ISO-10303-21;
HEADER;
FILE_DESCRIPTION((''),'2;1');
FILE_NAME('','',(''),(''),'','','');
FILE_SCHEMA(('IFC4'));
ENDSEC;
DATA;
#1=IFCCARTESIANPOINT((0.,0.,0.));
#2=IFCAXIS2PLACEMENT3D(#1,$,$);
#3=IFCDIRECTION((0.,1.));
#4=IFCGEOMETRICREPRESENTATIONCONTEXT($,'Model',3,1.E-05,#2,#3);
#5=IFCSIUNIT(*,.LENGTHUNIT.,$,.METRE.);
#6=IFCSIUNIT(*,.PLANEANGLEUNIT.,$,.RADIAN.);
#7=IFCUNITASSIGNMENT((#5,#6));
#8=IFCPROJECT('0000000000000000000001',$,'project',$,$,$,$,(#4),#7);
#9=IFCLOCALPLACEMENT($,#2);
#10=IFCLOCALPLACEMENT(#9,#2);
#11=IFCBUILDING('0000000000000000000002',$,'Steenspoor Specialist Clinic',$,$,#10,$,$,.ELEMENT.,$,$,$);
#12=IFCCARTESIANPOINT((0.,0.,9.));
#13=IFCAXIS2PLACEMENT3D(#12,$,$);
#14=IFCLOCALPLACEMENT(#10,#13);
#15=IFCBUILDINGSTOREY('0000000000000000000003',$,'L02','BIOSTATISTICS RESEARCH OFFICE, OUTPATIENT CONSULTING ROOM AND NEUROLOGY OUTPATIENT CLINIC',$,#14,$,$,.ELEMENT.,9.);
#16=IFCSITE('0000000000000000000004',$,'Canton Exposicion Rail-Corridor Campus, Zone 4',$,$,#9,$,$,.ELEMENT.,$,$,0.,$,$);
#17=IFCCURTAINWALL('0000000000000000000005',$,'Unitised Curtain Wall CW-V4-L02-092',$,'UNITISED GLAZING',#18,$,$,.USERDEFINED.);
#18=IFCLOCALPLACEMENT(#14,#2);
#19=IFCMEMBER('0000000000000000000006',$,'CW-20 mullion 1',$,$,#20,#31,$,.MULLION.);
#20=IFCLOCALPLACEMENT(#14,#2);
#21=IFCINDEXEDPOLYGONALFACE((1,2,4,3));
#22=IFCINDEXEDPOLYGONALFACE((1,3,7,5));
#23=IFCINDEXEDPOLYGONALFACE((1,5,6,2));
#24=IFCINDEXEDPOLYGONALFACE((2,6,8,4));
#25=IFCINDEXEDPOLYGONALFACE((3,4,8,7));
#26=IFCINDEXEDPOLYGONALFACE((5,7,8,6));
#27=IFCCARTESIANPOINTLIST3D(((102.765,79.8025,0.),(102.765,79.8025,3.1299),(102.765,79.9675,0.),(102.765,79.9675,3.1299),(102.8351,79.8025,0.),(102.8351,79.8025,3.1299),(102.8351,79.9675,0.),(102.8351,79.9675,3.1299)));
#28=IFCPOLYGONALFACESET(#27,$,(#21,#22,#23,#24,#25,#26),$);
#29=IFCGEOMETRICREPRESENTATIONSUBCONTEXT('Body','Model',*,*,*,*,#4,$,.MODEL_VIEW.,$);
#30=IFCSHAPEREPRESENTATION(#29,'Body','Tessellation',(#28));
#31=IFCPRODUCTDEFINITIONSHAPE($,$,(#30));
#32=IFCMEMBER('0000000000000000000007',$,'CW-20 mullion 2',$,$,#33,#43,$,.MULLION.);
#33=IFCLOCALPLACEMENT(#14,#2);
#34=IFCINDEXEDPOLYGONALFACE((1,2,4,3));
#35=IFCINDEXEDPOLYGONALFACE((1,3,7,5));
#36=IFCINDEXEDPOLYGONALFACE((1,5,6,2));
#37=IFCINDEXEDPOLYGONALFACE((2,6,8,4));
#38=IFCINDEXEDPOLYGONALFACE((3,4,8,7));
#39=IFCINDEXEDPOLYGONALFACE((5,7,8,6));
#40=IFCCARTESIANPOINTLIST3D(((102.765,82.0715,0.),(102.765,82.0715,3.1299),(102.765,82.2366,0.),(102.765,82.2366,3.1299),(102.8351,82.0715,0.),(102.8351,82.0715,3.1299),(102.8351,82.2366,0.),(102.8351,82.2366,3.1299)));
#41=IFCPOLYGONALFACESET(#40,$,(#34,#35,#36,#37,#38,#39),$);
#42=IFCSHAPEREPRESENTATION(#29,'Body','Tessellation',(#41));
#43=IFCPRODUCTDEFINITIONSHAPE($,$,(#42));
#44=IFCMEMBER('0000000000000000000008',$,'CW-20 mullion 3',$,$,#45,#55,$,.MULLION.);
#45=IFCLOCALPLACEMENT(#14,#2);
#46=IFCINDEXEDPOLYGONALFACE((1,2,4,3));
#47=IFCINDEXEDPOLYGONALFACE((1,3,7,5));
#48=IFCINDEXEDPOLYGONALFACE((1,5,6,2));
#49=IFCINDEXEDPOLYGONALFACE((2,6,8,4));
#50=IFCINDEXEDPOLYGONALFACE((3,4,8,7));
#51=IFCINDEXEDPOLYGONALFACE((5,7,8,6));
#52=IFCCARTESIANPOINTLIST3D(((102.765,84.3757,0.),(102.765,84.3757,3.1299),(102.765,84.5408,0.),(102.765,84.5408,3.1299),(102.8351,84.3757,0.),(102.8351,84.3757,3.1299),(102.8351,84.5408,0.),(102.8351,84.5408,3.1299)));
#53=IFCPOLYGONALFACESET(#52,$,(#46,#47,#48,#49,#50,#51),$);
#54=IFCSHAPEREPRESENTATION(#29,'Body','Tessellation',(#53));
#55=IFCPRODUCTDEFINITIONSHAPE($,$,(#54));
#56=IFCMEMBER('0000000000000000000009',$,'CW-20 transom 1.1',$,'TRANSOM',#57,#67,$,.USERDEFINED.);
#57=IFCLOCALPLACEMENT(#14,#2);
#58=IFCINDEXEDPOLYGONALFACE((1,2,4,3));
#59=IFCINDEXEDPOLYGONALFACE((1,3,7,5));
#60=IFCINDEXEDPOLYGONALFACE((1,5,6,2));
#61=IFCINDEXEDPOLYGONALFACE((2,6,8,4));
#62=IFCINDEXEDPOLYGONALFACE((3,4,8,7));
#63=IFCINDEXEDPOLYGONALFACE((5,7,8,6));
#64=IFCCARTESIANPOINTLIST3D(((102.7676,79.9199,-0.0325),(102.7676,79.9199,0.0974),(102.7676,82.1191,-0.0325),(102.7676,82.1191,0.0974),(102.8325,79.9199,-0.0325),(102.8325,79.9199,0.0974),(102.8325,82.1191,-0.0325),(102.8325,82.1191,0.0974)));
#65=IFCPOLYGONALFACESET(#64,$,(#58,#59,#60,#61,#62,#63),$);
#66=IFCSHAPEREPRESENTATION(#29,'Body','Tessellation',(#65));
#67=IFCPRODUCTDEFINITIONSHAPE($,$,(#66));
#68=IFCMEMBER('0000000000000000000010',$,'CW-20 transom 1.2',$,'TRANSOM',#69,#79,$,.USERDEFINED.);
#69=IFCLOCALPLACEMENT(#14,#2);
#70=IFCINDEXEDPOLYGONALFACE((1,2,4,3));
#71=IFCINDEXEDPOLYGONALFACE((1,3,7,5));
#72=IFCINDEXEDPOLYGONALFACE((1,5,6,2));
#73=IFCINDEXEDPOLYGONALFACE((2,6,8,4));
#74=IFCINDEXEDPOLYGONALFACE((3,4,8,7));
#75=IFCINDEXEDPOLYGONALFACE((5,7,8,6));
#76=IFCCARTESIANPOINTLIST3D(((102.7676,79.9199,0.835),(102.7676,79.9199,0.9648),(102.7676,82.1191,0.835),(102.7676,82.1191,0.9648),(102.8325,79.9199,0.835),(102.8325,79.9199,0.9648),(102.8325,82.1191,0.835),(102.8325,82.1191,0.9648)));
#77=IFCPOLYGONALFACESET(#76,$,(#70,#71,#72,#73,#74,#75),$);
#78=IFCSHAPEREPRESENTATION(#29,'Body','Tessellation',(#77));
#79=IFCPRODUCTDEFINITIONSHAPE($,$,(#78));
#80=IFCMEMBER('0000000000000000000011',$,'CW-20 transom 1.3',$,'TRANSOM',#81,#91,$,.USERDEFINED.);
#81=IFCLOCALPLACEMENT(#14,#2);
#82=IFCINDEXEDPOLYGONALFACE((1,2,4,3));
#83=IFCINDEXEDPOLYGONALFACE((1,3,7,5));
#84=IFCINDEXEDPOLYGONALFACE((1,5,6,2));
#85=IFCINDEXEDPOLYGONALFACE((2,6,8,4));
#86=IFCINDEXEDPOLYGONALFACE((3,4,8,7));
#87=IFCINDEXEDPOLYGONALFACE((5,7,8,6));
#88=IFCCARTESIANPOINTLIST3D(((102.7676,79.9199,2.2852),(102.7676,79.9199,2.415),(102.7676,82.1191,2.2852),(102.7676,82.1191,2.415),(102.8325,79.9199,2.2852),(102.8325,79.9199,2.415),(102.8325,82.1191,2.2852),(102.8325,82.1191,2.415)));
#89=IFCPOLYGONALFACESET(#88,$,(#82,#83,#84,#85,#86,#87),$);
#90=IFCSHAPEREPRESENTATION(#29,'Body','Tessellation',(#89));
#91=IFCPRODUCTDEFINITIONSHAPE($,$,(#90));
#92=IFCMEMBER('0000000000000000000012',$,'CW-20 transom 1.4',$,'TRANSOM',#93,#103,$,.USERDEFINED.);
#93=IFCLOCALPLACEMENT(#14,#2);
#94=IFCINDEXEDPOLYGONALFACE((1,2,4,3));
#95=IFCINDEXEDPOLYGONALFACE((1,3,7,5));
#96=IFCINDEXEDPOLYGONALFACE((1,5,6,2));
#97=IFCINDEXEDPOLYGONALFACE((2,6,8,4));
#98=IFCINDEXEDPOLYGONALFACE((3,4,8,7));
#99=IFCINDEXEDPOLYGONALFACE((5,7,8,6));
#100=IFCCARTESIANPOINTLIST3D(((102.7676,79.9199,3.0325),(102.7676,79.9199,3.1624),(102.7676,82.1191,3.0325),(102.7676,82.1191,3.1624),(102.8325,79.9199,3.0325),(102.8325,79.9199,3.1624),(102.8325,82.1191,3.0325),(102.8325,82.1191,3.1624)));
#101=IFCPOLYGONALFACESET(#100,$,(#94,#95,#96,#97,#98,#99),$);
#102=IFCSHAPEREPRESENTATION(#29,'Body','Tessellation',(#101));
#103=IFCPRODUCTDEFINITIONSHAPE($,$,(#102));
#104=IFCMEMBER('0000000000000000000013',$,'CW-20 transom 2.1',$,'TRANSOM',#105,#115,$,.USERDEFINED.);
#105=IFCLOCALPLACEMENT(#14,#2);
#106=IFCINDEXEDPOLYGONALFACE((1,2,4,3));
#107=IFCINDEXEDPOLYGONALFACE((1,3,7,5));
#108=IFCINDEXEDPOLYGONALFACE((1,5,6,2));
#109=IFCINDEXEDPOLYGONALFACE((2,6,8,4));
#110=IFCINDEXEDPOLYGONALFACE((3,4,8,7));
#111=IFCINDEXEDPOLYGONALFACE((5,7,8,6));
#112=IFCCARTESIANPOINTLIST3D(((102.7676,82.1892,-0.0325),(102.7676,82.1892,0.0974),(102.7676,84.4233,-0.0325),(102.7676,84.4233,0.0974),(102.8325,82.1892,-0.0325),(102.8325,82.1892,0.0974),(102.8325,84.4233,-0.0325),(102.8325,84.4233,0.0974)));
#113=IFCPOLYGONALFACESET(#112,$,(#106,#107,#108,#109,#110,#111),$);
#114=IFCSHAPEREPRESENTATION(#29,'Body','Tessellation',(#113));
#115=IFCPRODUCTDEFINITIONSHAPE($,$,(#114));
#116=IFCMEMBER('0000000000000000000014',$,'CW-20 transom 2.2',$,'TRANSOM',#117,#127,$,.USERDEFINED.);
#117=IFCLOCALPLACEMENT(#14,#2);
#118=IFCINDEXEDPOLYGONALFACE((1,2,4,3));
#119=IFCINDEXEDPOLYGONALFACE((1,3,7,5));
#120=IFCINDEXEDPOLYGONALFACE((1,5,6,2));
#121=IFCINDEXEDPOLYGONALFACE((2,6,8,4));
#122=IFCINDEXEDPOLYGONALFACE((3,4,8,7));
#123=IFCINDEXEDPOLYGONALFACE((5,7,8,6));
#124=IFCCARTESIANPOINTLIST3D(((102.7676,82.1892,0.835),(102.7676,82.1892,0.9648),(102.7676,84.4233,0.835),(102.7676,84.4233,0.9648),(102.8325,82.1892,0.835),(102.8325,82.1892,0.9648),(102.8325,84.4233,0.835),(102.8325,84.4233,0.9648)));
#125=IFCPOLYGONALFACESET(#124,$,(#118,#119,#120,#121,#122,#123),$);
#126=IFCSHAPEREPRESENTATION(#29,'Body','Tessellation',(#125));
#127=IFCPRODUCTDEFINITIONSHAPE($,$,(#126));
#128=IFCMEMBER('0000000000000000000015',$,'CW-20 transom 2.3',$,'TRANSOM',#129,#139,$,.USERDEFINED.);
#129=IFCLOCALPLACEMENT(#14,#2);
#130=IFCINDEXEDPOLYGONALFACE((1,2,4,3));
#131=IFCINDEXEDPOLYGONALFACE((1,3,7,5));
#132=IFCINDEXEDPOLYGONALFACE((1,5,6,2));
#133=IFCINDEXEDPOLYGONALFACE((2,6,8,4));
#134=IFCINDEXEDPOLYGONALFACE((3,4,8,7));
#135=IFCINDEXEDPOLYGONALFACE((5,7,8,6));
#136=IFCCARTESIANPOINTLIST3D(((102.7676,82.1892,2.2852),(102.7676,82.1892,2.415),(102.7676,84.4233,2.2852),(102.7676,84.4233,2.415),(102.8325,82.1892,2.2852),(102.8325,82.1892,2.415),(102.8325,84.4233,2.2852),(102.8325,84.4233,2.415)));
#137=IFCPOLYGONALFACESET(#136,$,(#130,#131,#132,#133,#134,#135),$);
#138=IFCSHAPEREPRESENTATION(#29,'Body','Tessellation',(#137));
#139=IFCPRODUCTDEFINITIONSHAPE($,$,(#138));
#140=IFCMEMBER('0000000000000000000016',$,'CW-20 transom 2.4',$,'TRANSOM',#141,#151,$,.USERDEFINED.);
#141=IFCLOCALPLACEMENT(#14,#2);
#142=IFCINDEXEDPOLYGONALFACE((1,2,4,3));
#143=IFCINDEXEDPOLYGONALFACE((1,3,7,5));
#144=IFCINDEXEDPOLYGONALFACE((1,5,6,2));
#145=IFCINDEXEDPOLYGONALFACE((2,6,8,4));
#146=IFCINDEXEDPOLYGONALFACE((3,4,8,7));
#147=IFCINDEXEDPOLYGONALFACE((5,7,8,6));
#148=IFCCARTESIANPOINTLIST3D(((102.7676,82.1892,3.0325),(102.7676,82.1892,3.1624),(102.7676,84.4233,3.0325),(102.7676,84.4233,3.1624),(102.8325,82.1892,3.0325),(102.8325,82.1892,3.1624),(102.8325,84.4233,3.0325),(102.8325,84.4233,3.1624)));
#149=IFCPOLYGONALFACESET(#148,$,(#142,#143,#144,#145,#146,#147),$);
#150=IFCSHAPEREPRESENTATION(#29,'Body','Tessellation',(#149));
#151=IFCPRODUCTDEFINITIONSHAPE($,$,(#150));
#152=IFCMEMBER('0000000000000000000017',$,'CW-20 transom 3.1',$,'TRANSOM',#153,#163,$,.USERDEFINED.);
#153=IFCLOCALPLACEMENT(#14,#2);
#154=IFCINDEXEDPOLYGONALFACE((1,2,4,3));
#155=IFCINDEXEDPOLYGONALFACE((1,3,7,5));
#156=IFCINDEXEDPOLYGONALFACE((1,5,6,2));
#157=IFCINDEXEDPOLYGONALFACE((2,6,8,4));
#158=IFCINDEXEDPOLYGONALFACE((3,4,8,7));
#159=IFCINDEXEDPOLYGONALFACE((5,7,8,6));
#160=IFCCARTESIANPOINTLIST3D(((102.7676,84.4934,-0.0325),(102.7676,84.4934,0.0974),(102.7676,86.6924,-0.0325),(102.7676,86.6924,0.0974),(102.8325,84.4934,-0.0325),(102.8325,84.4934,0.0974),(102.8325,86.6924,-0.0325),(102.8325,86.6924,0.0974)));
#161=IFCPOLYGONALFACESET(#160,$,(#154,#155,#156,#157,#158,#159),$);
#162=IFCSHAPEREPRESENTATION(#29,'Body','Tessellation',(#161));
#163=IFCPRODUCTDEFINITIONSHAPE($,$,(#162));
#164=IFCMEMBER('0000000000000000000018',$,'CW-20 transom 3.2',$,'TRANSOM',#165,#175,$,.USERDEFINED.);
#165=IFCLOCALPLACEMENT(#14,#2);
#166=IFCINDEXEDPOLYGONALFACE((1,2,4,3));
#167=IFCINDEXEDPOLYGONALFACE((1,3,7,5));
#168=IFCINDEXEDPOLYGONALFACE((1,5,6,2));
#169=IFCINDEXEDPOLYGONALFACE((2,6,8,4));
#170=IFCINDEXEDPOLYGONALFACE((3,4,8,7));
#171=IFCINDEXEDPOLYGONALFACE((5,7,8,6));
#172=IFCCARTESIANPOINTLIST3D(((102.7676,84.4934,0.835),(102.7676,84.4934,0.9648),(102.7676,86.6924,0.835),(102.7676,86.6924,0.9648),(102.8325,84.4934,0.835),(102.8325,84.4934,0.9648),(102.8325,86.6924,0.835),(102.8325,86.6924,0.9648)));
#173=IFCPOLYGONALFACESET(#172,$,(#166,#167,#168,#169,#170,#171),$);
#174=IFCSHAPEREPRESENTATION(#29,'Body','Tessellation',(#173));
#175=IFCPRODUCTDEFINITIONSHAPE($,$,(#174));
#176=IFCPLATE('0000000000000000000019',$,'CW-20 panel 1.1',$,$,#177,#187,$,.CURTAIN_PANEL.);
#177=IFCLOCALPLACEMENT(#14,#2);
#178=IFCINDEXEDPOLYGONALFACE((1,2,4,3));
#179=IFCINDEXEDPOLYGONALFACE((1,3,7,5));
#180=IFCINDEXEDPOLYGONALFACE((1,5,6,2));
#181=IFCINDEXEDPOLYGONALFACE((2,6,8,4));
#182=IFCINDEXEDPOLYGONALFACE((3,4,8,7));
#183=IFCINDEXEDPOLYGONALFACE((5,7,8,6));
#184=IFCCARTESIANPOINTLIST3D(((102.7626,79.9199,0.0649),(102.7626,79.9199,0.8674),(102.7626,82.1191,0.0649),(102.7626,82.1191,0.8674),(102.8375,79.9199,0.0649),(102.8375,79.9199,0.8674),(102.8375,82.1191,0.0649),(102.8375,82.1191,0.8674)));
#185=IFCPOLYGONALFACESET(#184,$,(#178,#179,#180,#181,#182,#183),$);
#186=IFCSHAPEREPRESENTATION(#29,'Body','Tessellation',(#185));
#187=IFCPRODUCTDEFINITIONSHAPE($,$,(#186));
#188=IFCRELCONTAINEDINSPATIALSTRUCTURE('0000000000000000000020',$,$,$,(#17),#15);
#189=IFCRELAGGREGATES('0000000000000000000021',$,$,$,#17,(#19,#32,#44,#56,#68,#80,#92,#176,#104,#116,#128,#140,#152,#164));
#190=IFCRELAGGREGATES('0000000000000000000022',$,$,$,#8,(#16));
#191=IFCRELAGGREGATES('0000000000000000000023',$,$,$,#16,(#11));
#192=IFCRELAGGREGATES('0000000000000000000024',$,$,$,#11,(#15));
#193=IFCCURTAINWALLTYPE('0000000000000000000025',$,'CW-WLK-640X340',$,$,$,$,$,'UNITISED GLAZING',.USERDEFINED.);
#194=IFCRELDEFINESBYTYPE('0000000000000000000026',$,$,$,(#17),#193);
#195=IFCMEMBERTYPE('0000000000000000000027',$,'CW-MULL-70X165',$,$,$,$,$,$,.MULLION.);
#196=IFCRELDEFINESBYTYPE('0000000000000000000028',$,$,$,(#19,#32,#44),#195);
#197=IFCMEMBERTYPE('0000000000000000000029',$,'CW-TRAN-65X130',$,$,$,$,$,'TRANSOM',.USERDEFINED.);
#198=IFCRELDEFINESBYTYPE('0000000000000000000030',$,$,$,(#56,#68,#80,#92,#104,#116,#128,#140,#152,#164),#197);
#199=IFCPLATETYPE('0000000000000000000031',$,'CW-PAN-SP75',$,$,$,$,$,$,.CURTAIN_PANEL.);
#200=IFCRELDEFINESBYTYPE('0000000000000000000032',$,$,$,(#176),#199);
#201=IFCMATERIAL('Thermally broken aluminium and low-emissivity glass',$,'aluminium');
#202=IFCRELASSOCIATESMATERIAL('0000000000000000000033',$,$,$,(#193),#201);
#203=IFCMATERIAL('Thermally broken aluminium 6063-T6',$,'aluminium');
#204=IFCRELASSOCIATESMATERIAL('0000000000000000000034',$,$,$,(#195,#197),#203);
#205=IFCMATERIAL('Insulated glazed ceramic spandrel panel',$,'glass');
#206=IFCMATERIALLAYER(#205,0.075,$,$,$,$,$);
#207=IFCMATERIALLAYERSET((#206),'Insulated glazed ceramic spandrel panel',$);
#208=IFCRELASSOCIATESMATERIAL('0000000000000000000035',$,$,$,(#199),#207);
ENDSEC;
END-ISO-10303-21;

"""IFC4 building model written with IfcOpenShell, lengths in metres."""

from ifc_helpers import new_model, si_unit, direction, frame, origin, origin_2d, place, context, subcontext, project, spatial, rectangle, extrude, material, layer, layer_set, material_profile, profile_set, type_object, element, aggregate, save


model = new_model("IFC4")

# Units and contexts
model_context = context("Model", 3, precision=1e-05, world=origin(), true_north=direction((0.0, 1.0)))
body_context = subcontext(model_context, "Body", "Model", "MODEL_VIEW")
ifc_project = project(units=[si_unit("LENGTHUNIT", "METRE"), si_unit("PLANEANGLEUNIT", "RADIAN")], contexts=[model_context])

# Site, building, storey
site_placement = place(None, origin())
site = spatial("IfcSite", under=ifc_project, at=site_placement, Name="Canton Exposicion Rail-Corridor Campus, Zone 4", CompositionType="ELEMENT", RefElevation=0.0)
building_placement = place(site_placement, origin())
building = spatial("IfcBuilding", under=site, at=building_placement, Name="Steenspoor Specialist Clinic", CompositionType="ELEMENT")
storey_placement = place(building_placement, frame((0.0, 0.0, 9.0)))
storey = spatial("IfcBuildingStorey", under=building, at=storey_placement, Name="L02", Description="BIOSTATISTICS RESEARCH OFFICE, OUTPATIENT CONSULTING ROOM AND NEUROLOGY OUTPATIENT CLINIC", CompositionType="ELEMENT", Elevation=9.0)

# Curtain wall, members, plate
ifc_material_1 = material(Name="Thermally broken aluminium and low-emissivity glass", Category="aluminium")
curtain_wall_type = type_object("IfcCurtainWallType", Name="CW-WLK-640X340", ElementType="UNITISED GLAZING", PredefinedType="USERDEFINED", material=ifc_material_1)
curtain_wall_placement = place(storey_placement, origin())
curtain_wall = element("IfcCurtainWall", 1, at=curtain_wall_placement, inside=storey, type_object=curtain_wall_type, Name="Unitised Curtain Wall CW-V4-L02-092", ObjectType="UNITISED GLAZING", PredefinedType="USERDEFINED")
ifc_material_2 = material(Name="Thermally broken aluminium 6063-T6", Category="aluminium")
ifc_material_profile_1 = material_profile(ifc_material_2, rectangle(XDim=0.0701, YDim=0.165, at=origin_2d()), Name="CWM-70X165")
ifc_profile_set_1 = profile_set([ifc_material_profile_1], Name="Thermally broken aluminium 6063-T6")
member_type_1 = type_object("IfcMemberType", Name="CW-MULL-70X165", PredefinedType="MULLION", material=ifc_profile_set_1)
member_1_placement = place(storey_placement, frame((102.8, 79.885, 0.0), z_axis=(0.0, 0.0, 1.0), x_axis=(-1.0, 0.0, 0.0)))
member_1 = element("IfcMember", 2, at=member_1_placement, type_object=member_type_1, Name="CW-20 mullion 1", PredefinedType="MULLION", context=body_context, shape_type="SweptSolid", body=[
    extrude(rectangle(XDim=0.0701, YDim=0.165, at=origin_2d()), origin(), (0.0, 0.0, 1.0), 3.1299),
])
member_2_placement = place(storey_placement, frame((102.8, 82.1541, 0.0), z_axis=(0.0, 0.0, 1.0), x_axis=(-1.0, 0.0, 0.0)))
member_2 = element("IfcMember", 3, at=member_2_placement, type_object=member_type_1, Name="CW-20 mullion 2", PredefinedType="MULLION", context=body_context, shape_type="SweptSolid", body=[
    extrude(rectangle(XDim=0.0701, YDim=0.165, at=origin_2d()), origin(), (0.0, 0.0, 1.0), 3.1299),
])
member_3_placement = place(storey_placement, frame((102.8, 84.4583, 0.0), z_axis=(0.0, 0.0, 1.0), x_axis=(-1.0, 0.0, 0.0)))
member_3 = element("IfcMember", 4, at=member_3_placement, type_object=member_type_1, Name="CW-20 mullion 3", PredefinedType="MULLION", context=body_context, shape_type="SweptSolid", body=[
    extrude(rectangle(XDim=0.0701, YDim=0.165, at=origin_2d()), origin(), (0.0, 0.0, 1.0), 3.1299),
])
ifc_material_profile_2 = material_profile(ifc_material_2, rectangle(XDim=0.0649, YDim=0.1299, at=origin_2d()), Name="CWT-65X130")
ifc_profile_set_2 = profile_set([ifc_material_profile_2], Name="Thermally broken aluminium 6063-T6")
member_type_2 = type_object("IfcMemberType", Name="CW-TRAN-65X130", ElementType="TRANSOM", PredefinedType="USERDEFINED", material=ifc_profile_set_2)
member_4_placement = place(storey_placement, frame((102.8, 79.9199, 0.0325), z_axis=(0.0, 1.0, 0.0), x_axis=(-1.0, 0.0, 0.0)))
member_4 = element("IfcMember", 5, at=member_4_placement, type_object=member_type_2, Name="CW-20 transom 1.1", ObjectType="TRANSOM", PredefinedType="USERDEFINED", context=body_context, shape_type="SweptSolid", body=[
    extrude(rectangle(XDim=0.0649, YDim=0.1299, at=origin_2d()), origin(), (0.0, 0.0, 1.0), 2.1992),
])
member_5_placement = place(storey_placement, frame((102.8, 79.9199, 0.8999), z_axis=(0.0, 1.0, 0.0), x_axis=(-1.0, 0.0, 0.0)))
member_5 = element("IfcMember", 6, at=member_5_placement, type_object=member_type_2, Name="CW-20 transom 1.2", ObjectType="TRANSOM", PredefinedType="USERDEFINED", context=body_context, shape_type="SweptSolid", body=[
    extrude(rectangle(XDim=0.0649, YDim=0.1299, at=origin_2d()), origin(), (0.0, 0.0, 1.0), 2.1992),
])
member_6_placement = place(storey_placement, frame((102.8, 79.9199, 2.3501), z_axis=(0.0, 1.0, 0.0), x_axis=(-1.0, 0.0, 0.0)))
member_6 = element("IfcMember", 7, at=member_6_placement, type_object=member_type_2, Name="CW-20 transom 1.3", ObjectType="TRANSOM", PredefinedType="USERDEFINED", context=body_context, shape_type="SweptSolid", body=[
    extrude(rectangle(XDim=0.0649, YDim=0.1299, at=origin_2d()), origin(), (0.0, 0.0, 1.0), 2.1992),
])
member_7_placement = place(storey_placement, frame((102.8, 79.9199, 3.0974), z_axis=(0.0, 1.0, 0.0), x_axis=(-1.0, 0.0, 0.0)))
member_7 = element("IfcMember", 8, at=member_7_placement, type_object=member_type_2, Name="CW-20 transom 1.4", ObjectType="TRANSOM", PredefinedType="USERDEFINED", context=body_context, shape_type="SweptSolid", body=[
    extrude(rectangle(XDim=0.0649, YDim=0.1299, at=origin_2d()), origin(), (0.0, 0.0, 1.0), 2.1992),
])
member_8_placement = place(storey_placement, frame((102.8, 82.1892, 0.0325), z_axis=(0.0, 1.0, 0.0), x_axis=(-1.0, 0.0, 0.0)))
member_8 = element("IfcMember", 9, at=member_8_placement, type_object=member_type_2, Name="CW-20 transom 2.1", ObjectType="TRANSOM", PredefinedType="USERDEFINED", context=body_context, shape_type="SweptSolid", body=[
    extrude(rectangle(XDim=0.0649, YDim=0.1299, at=origin_2d()), origin(), (0.0, 0.0, 1.0), 2.2341),
])
member_9_placement = place(storey_placement, frame((102.8, 82.1892, 0.8999), z_axis=(0.0, 1.0, 0.0), x_axis=(-1.0, 0.0, 0.0)))
member_9 = element("IfcMember", 10, at=member_9_placement, type_object=member_type_2, Name="CW-20 transom 2.2", ObjectType="TRANSOM", PredefinedType="USERDEFINED", context=body_context, shape_type="SweptSolid", body=[
    extrude(rectangle(XDim=0.0649, YDim=0.1299, at=origin_2d()), origin(), (0.0, 0.0, 1.0), 2.2341),
])
member_10_placement = place(storey_placement, frame((102.8, 82.1892, 2.3501), z_axis=(0.0, 1.0, 0.0), x_axis=(-1.0, 0.0, 0.0)))
member_10 = element("IfcMember", 11, at=member_10_placement, type_object=member_type_2, Name="CW-20 transom 2.3", ObjectType="TRANSOM", PredefinedType="USERDEFINED", context=body_context, shape_type="SweptSolid", body=[
    extrude(rectangle(XDim=0.0649, YDim=0.1299, at=origin_2d()), origin(), (0.0, 0.0, 1.0), 2.2341),
])
member_11_placement = place(storey_placement, frame((102.8, 82.1892, 3.0974), z_axis=(0.0, 1.0, 0.0), x_axis=(-1.0, 0.0, 0.0)))
member_11 = element("IfcMember", 12, at=member_11_placement, type_object=member_type_2, Name="CW-20 transom 2.4", ObjectType="TRANSOM", PredefinedType="USERDEFINED", context=body_context, shape_type="SweptSolid", body=[
    extrude(rectangle(XDim=0.0649, YDim=0.1299, at=origin_2d()), origin(), (0.0, 0.0, 1.0), 2.2341),
])
member_12_placement = place(storey_placement, frame((102.8, 84.4934, 0.0325), z_axis=(0.0, 1.0, 0.0), x_axis=(-1.0, 0.0, 0.0)))
member_12 = element("IfcMember", 13, at=member_12_placement, type_object=member_type_2, Name="CW-20 transom 3.1", ObjectType="TRANSOM", PredefinedType="USERDEFINED", context=body_context, shape_type="SweptSolid", body=[
    extrude(rectangle(XDim=0.0649, YDim=0.1299, at=origin_2d()), origin(), (0.0, 0.0, 1.0), 2.199),
])
member_13_placement = place(storey_placement, frame((102.8, 84.4934, 0.8999), z_axis=(0.0, 1.0, 0.0), x_axis=(-1.0, 0.0, 0.0)))
member_13 = element("IfcMember", 14, at=member_13_placement, type_object=member_type_2, Name="CW-20 transom 3.2", ObjectType="TRANSOM", PredefinedType="USERDEFINED", context=body_context, shape_type="SweptSolid", body=[
    extrude(rectangle(XDim=0.0649, YDim=0.1299, at=origin_2d()), origin(), (0.0, 0.0, 1.0), 2.199),
])
ifc_material_3 = material(Name="Insulated glazed ceramic spandrel panel", Category="glass")
ifc_layer = layer(ifc_material_3, 0.075)
ifc_layer_set = layer_set([ifc_layer], Name="Insulated glazed ceramic spandrel panel")
plate_type = type_object("IfcPlateType", Name="CW-PAN-SP75", PredefinedType="CURTAIN_PANEL", material=ifc_layer_set)
plate_1_placement = place(storey_placement, frame((102.8, 81.0195, 0.0649), z_axis=(0.0, 0.0, 1.0), x_axis=(0.0, 1.0, 0.0)))
plate_1 = element("IfcPlate", 15, at=plate_1_placement, type_object=plate_type, Name="CW-20 panel 1.1", PredefinedType="CURTAIN_PANEL", context=body_context, shape_type="SweptSolid", body=[
    extrude(rectangle(XDim=2.1992, YDim=0.075, at=origin_2d()), origin(), (0.0, 0.0, 1.0), 0.8025),
])
aggregate(curtain_wall, [member_1, member_2, member_3, member_4, member_5, member_6, member_7, plate_1, member_8, member_9, member_10, member_11, member_12, member_13])

save(model, "model.ifc")
